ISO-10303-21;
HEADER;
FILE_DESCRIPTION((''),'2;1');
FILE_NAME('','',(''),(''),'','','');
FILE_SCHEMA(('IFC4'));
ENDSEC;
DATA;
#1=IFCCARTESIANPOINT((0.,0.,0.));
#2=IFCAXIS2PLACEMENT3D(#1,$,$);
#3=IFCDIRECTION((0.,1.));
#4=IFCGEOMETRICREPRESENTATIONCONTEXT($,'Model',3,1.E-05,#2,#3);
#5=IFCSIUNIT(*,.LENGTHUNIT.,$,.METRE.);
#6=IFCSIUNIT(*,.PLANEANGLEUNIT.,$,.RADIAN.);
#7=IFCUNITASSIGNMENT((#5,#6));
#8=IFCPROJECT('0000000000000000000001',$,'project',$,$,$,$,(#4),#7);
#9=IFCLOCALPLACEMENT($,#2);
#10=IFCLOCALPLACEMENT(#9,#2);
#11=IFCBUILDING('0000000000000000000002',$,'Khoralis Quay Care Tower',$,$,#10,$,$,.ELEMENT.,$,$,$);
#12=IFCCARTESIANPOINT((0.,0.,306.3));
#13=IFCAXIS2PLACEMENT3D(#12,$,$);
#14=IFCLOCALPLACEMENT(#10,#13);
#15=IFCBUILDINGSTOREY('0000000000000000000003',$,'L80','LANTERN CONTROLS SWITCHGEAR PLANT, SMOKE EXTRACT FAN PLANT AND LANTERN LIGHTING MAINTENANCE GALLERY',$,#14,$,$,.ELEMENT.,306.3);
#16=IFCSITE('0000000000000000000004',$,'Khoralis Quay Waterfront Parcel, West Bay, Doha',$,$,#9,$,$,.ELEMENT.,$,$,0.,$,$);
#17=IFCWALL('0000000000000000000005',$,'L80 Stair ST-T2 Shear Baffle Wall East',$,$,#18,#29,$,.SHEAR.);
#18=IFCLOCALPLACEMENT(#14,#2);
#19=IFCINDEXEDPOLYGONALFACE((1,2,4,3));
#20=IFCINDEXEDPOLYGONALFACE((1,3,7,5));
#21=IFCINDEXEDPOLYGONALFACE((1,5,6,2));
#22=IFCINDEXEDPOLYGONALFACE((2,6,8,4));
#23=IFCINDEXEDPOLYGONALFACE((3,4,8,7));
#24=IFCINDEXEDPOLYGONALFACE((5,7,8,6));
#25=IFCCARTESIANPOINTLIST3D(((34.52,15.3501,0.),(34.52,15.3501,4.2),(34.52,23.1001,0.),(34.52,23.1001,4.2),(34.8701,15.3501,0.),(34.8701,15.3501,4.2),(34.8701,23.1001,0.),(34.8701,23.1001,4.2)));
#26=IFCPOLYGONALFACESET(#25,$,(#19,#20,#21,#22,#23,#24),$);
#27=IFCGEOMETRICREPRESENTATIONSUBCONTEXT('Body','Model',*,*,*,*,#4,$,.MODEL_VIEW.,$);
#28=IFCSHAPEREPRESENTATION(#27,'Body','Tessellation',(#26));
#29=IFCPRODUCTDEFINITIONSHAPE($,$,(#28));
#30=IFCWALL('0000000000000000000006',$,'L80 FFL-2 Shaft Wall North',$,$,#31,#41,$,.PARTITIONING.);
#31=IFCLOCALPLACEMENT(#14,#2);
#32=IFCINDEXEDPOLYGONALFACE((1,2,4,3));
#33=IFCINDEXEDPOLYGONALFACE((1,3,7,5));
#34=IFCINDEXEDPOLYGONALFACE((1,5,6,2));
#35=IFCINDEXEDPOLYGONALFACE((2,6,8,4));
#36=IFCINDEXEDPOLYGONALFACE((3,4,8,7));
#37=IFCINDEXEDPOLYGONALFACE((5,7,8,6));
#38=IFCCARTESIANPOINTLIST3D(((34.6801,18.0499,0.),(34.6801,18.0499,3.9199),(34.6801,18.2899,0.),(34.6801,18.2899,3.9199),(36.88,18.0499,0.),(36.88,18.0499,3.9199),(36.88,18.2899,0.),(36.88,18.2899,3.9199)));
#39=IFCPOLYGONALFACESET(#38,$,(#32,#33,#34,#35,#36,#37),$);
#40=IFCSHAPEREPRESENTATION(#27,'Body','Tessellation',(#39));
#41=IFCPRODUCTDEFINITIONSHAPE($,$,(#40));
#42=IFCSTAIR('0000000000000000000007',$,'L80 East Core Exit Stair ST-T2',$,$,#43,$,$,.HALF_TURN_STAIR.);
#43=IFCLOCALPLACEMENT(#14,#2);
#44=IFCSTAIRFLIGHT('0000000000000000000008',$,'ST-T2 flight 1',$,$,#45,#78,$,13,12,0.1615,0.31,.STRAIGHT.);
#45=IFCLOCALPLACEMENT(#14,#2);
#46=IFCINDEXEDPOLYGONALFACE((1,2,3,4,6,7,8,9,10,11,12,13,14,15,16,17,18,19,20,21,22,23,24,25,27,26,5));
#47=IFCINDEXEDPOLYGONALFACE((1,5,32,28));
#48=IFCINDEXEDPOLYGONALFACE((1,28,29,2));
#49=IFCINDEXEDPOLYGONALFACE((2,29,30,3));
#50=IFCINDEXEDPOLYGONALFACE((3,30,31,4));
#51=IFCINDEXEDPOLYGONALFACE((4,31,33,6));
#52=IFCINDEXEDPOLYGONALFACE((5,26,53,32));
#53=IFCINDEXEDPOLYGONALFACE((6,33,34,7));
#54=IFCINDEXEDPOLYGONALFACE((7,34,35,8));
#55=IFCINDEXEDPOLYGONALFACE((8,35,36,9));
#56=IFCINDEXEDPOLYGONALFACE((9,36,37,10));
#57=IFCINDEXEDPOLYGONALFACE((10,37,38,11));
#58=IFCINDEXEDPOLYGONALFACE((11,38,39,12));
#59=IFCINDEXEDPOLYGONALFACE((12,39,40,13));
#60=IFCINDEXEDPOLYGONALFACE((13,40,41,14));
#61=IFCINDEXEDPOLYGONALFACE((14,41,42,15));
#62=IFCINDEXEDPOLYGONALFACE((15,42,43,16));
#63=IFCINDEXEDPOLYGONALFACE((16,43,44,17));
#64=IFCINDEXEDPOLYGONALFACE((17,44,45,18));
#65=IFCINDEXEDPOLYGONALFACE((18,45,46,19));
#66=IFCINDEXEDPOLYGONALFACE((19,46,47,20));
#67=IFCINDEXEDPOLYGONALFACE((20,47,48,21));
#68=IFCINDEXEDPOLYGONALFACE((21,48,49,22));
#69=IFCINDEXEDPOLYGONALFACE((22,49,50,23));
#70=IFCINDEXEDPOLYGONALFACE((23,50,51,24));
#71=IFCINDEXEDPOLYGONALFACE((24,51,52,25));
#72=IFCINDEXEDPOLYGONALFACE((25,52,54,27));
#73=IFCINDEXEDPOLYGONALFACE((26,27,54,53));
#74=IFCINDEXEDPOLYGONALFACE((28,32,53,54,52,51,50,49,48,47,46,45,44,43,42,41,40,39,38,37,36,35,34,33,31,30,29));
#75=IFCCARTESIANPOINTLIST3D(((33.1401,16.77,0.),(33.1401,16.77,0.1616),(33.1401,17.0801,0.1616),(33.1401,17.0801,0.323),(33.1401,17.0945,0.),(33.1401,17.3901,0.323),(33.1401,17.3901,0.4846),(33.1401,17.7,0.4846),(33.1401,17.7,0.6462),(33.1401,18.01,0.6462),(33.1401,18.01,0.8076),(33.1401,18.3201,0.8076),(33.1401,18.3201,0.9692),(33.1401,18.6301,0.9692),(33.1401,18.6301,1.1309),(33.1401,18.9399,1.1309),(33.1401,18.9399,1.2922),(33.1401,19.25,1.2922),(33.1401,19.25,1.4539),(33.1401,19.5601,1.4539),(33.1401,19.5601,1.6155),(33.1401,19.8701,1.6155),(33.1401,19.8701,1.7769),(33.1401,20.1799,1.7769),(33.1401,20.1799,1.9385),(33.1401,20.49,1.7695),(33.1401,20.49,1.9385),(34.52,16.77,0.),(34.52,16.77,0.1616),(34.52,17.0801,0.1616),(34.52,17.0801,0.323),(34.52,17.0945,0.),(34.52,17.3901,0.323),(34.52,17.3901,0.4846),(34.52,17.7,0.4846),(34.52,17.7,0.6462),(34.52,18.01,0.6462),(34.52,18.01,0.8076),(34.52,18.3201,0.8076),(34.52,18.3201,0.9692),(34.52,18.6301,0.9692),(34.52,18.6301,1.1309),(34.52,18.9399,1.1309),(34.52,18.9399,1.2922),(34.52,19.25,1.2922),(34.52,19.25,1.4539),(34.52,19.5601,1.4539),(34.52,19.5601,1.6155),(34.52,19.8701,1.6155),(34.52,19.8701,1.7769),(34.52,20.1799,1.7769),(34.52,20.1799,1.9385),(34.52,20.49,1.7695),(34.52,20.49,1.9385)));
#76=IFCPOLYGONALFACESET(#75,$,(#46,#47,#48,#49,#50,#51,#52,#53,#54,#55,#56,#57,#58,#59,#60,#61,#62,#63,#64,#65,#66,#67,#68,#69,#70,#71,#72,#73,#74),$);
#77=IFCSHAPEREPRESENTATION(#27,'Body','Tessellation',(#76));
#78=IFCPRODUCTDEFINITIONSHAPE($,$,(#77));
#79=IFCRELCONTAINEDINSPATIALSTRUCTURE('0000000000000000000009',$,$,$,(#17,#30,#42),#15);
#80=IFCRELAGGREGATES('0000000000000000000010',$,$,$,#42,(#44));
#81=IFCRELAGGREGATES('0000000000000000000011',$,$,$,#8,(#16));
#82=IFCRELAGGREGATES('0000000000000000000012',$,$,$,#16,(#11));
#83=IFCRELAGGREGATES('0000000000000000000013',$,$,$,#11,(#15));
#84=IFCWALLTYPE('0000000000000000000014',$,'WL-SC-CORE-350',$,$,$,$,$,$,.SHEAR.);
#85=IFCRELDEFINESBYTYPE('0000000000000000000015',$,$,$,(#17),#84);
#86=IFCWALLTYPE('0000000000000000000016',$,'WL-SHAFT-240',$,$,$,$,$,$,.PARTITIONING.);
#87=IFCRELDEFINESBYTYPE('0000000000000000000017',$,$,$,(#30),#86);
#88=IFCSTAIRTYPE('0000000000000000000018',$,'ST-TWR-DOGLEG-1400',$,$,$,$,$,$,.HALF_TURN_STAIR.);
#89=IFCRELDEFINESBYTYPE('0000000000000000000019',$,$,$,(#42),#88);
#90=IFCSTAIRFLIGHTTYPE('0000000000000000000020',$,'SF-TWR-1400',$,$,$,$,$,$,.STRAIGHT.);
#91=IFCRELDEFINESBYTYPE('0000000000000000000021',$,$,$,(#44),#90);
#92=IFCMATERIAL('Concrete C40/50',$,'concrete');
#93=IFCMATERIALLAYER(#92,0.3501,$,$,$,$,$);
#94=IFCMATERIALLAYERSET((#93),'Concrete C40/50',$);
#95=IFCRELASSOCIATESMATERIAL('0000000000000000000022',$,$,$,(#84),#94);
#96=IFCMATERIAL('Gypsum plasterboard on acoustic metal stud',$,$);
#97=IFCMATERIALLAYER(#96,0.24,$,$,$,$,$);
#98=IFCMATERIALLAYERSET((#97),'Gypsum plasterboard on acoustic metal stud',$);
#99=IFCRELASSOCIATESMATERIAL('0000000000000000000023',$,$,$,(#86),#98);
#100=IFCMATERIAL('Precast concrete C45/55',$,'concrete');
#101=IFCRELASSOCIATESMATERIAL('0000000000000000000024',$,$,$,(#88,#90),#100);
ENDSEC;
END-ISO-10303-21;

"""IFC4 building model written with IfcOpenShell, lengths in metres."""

from ifc_helpers import new_model, si_unit, direction, frame, frame_2d, origin, place, context, subcontext, project, spatial, polyline, rectangle, outline, extrude, source, transform, mapped, material, layer, layer_set, type_object, element, aggregate, save


model = new_model("IFC4")

# Units and contexts
model_context = context("Model", 3, precision=1e-05, world=origin(), true_north=direction((0.0, 1.0)))
body_context = subcontext(model_context, "Body", "Model", "MODEL_VIEW")
ifc_project = project(units=[si_unit("LENGTHUNIT", "METRE"), si_unit("PLANEANGLEUNIT", "RADIAN")], contexts=[model_context])

# Site, building, storey
site_placement = place(None, origin())
site = spatial("IfcSite", under=ifc_project, at=site_placement, Name="Khoralis Quay Waterfront Parcel, West Bay, Doha", CompositionType="ELEMENT", RefElevation=0.0)
building_placement = place(site_placement, origin())
building = spatial("IfcBuilding", under=site, at=building_placement, Name="Khoralis Quay Care Tower", CompositionType="ELEMENT")
storey_placement = place(building_placement, frame((0.0, 0.0, 306.3)))
storey = spatial("IfcBuildingStorey", under=building, at=storey_placement, Name="L80", Description="LANTERN CONTROLS SWITCHGEAR PLANT, SMOKE EXTRACT FAN PLANT AND LANTERN LIGHTING MAINTENANCE GALLERY", CompositionType="ELEMENT", Elevation=306.3)

# Shared definitions
ifc_material_1 = material(Name="Gypsum plasterboard on acoustic metal stud")

# Walls
ifc_material_2 = material(Name="Concrete C40/50", Category="concrete")
ifc_layer_1 = layer(ifc_material_2, 0.3501)
ifc_layer_set_1 = layer_set([ifc_layer_1], Name="Concrete C40/50")
wall_type_1 = type_object("IfcWallType", Name="WL-SC-CORE-350", PredefinedType="SHEAR", material=ifc_layer_set_1)
wall_1_placement = place(storey_placement, frame((34.6951, 15.3501, 0.0), z_axis=(0.0, 0.0, 1.0), x_axis=(0.0, 1.0, 0.0)))
element("IfcWall", 1, at=wall_1_placement, inside=storey, type_object=wall_type_1, Name="L80 Stair ST-T2 Shear Baffle Wall East", PredefinedType="SHEAR", context=body_context, shape_type="SweptSolid", body=[
    extrude(rectangle(XDim=7.75, YDim=0.3501, at=frame_2d((3.875, 0.0))), origin(), (0.0, 0.0, 1.0), 4.2),
])
ifc_layer_2 = layer(ifc_material_1, 0.24)
ifc_layer_set_2 = layer_set([ifc_layer_2], Name="Gypsum plasterboard on acoustic metal stud")
wall_type_2 = type_object("IfcWallType", Name="WL-SHAFT-240", PredefinedType="PARTITIONING", material=ifc_layer_set_2)
wall_2_placement = place(storey_placement, frame((34.6799, 18.1699, 0.0), z_axis=(0.0, 0.0, 1.0), x_axis=(1.0, 0.0, 0.0)))
element("IfcWall", 2, at=wall_2_placement, inside=storey, type_object=wall_type_2, Name="L80 FFL-2 Shaft Wall North", PredefinedType="PARTITIONING", context=body_context, shape_type="SweptSolid", body=[
    extrude(rectangle(XDim=2.2, YDim=0.24, at=frame_2d((1.1001, 0.0))), origin(), (0.0, 0.0, 1.0), 3.9199),
])

# Stair, stair flight
ifc_material_3 = material(Name="Precast concrete C45/55", Category="concrete")
stair_type = type_object("IfcStairType", Name="ST-TWR-DOGLEG-1400", PredefinedType="HALF_TURN_STAIR", material=ifc_material_3)
stair_placement = place(storey_placement, origin())
stair = element("IfcStair", 3, at=stair_placement, inside=storey, type_object=stair_type, Name="L80 East Core Exit Stair ST-T2", PredefinedType="HALF_TURN_STAIR")
stair_flight_type = type_object("IfcStairFlightType", Name="SF-TWR-1400", PredefinedType="STRAIGHT", material=ifc_material_3)
shared_shape_1 = source(origin(), body_context, "Body", "SweptSolid", [
    extrude(outline(polyline([(0.0, 0.0), (0.0, 0.1616), (0.3101, 0.1616), (0.3101, 0.323), (0.6201, 0.323), (0.6201, 0.4846), (0.9299, 0.4846), (0.9299, 0.6462), (1.24, 0.6462), (1.24, 0.8076), (1.55, 0.8076), (1.55, 0.9692), (1.8601, 0.9692), (1.8601, 1.1309), (2.1699, 1.1309), (2.1699, 1.2922), (2.48, 1.2922), (2.48, 1.4539), (2.79, 1.4539), (2.79, 1.6155), (3.1001, 1.6155), (3.1001, 1.7769), (3.4099, 1.7769), (3.4099, 1.9385), (3.72, 1.9385), (3.72, 2.1001), (3.72, 1.7695), (0.3245, 0.0), (0.0, 0.0)])), frame((0.0, 0.6899, 0.0), z_axis=(0.0, -1.0, 0.0), x_axis=(1.0, 0.0, 0.0)), (0.0, 0.0, 1.0), 1.3799),
])
stair_flight_placement = place(storey_placement, frame((33.8301, 16.77, 0.0), z_axis=(0.0, 0.0, 1.0), x_axis=(0.0, 1.0, 0.0)))
stair_flight = element("IfcStairFlight", 4, at=stair_flight_placement, type_object=stair_flight_type, Name="ST-T2 flight 1", NumberOfRisers=13, NumberOfTreads=12, PredefinedType="STRAIGHT", RiserHeight=0.1615, TreadLength=0.31, context=body_context, shape_type="MappedRepresentation", body=[
    mapped(shared_shape_1, transform((0.0, 0.0, 0.0), scale=1.0)),
])
aggregate(stair, [stair_flight])

save(model, "model.ifc")
